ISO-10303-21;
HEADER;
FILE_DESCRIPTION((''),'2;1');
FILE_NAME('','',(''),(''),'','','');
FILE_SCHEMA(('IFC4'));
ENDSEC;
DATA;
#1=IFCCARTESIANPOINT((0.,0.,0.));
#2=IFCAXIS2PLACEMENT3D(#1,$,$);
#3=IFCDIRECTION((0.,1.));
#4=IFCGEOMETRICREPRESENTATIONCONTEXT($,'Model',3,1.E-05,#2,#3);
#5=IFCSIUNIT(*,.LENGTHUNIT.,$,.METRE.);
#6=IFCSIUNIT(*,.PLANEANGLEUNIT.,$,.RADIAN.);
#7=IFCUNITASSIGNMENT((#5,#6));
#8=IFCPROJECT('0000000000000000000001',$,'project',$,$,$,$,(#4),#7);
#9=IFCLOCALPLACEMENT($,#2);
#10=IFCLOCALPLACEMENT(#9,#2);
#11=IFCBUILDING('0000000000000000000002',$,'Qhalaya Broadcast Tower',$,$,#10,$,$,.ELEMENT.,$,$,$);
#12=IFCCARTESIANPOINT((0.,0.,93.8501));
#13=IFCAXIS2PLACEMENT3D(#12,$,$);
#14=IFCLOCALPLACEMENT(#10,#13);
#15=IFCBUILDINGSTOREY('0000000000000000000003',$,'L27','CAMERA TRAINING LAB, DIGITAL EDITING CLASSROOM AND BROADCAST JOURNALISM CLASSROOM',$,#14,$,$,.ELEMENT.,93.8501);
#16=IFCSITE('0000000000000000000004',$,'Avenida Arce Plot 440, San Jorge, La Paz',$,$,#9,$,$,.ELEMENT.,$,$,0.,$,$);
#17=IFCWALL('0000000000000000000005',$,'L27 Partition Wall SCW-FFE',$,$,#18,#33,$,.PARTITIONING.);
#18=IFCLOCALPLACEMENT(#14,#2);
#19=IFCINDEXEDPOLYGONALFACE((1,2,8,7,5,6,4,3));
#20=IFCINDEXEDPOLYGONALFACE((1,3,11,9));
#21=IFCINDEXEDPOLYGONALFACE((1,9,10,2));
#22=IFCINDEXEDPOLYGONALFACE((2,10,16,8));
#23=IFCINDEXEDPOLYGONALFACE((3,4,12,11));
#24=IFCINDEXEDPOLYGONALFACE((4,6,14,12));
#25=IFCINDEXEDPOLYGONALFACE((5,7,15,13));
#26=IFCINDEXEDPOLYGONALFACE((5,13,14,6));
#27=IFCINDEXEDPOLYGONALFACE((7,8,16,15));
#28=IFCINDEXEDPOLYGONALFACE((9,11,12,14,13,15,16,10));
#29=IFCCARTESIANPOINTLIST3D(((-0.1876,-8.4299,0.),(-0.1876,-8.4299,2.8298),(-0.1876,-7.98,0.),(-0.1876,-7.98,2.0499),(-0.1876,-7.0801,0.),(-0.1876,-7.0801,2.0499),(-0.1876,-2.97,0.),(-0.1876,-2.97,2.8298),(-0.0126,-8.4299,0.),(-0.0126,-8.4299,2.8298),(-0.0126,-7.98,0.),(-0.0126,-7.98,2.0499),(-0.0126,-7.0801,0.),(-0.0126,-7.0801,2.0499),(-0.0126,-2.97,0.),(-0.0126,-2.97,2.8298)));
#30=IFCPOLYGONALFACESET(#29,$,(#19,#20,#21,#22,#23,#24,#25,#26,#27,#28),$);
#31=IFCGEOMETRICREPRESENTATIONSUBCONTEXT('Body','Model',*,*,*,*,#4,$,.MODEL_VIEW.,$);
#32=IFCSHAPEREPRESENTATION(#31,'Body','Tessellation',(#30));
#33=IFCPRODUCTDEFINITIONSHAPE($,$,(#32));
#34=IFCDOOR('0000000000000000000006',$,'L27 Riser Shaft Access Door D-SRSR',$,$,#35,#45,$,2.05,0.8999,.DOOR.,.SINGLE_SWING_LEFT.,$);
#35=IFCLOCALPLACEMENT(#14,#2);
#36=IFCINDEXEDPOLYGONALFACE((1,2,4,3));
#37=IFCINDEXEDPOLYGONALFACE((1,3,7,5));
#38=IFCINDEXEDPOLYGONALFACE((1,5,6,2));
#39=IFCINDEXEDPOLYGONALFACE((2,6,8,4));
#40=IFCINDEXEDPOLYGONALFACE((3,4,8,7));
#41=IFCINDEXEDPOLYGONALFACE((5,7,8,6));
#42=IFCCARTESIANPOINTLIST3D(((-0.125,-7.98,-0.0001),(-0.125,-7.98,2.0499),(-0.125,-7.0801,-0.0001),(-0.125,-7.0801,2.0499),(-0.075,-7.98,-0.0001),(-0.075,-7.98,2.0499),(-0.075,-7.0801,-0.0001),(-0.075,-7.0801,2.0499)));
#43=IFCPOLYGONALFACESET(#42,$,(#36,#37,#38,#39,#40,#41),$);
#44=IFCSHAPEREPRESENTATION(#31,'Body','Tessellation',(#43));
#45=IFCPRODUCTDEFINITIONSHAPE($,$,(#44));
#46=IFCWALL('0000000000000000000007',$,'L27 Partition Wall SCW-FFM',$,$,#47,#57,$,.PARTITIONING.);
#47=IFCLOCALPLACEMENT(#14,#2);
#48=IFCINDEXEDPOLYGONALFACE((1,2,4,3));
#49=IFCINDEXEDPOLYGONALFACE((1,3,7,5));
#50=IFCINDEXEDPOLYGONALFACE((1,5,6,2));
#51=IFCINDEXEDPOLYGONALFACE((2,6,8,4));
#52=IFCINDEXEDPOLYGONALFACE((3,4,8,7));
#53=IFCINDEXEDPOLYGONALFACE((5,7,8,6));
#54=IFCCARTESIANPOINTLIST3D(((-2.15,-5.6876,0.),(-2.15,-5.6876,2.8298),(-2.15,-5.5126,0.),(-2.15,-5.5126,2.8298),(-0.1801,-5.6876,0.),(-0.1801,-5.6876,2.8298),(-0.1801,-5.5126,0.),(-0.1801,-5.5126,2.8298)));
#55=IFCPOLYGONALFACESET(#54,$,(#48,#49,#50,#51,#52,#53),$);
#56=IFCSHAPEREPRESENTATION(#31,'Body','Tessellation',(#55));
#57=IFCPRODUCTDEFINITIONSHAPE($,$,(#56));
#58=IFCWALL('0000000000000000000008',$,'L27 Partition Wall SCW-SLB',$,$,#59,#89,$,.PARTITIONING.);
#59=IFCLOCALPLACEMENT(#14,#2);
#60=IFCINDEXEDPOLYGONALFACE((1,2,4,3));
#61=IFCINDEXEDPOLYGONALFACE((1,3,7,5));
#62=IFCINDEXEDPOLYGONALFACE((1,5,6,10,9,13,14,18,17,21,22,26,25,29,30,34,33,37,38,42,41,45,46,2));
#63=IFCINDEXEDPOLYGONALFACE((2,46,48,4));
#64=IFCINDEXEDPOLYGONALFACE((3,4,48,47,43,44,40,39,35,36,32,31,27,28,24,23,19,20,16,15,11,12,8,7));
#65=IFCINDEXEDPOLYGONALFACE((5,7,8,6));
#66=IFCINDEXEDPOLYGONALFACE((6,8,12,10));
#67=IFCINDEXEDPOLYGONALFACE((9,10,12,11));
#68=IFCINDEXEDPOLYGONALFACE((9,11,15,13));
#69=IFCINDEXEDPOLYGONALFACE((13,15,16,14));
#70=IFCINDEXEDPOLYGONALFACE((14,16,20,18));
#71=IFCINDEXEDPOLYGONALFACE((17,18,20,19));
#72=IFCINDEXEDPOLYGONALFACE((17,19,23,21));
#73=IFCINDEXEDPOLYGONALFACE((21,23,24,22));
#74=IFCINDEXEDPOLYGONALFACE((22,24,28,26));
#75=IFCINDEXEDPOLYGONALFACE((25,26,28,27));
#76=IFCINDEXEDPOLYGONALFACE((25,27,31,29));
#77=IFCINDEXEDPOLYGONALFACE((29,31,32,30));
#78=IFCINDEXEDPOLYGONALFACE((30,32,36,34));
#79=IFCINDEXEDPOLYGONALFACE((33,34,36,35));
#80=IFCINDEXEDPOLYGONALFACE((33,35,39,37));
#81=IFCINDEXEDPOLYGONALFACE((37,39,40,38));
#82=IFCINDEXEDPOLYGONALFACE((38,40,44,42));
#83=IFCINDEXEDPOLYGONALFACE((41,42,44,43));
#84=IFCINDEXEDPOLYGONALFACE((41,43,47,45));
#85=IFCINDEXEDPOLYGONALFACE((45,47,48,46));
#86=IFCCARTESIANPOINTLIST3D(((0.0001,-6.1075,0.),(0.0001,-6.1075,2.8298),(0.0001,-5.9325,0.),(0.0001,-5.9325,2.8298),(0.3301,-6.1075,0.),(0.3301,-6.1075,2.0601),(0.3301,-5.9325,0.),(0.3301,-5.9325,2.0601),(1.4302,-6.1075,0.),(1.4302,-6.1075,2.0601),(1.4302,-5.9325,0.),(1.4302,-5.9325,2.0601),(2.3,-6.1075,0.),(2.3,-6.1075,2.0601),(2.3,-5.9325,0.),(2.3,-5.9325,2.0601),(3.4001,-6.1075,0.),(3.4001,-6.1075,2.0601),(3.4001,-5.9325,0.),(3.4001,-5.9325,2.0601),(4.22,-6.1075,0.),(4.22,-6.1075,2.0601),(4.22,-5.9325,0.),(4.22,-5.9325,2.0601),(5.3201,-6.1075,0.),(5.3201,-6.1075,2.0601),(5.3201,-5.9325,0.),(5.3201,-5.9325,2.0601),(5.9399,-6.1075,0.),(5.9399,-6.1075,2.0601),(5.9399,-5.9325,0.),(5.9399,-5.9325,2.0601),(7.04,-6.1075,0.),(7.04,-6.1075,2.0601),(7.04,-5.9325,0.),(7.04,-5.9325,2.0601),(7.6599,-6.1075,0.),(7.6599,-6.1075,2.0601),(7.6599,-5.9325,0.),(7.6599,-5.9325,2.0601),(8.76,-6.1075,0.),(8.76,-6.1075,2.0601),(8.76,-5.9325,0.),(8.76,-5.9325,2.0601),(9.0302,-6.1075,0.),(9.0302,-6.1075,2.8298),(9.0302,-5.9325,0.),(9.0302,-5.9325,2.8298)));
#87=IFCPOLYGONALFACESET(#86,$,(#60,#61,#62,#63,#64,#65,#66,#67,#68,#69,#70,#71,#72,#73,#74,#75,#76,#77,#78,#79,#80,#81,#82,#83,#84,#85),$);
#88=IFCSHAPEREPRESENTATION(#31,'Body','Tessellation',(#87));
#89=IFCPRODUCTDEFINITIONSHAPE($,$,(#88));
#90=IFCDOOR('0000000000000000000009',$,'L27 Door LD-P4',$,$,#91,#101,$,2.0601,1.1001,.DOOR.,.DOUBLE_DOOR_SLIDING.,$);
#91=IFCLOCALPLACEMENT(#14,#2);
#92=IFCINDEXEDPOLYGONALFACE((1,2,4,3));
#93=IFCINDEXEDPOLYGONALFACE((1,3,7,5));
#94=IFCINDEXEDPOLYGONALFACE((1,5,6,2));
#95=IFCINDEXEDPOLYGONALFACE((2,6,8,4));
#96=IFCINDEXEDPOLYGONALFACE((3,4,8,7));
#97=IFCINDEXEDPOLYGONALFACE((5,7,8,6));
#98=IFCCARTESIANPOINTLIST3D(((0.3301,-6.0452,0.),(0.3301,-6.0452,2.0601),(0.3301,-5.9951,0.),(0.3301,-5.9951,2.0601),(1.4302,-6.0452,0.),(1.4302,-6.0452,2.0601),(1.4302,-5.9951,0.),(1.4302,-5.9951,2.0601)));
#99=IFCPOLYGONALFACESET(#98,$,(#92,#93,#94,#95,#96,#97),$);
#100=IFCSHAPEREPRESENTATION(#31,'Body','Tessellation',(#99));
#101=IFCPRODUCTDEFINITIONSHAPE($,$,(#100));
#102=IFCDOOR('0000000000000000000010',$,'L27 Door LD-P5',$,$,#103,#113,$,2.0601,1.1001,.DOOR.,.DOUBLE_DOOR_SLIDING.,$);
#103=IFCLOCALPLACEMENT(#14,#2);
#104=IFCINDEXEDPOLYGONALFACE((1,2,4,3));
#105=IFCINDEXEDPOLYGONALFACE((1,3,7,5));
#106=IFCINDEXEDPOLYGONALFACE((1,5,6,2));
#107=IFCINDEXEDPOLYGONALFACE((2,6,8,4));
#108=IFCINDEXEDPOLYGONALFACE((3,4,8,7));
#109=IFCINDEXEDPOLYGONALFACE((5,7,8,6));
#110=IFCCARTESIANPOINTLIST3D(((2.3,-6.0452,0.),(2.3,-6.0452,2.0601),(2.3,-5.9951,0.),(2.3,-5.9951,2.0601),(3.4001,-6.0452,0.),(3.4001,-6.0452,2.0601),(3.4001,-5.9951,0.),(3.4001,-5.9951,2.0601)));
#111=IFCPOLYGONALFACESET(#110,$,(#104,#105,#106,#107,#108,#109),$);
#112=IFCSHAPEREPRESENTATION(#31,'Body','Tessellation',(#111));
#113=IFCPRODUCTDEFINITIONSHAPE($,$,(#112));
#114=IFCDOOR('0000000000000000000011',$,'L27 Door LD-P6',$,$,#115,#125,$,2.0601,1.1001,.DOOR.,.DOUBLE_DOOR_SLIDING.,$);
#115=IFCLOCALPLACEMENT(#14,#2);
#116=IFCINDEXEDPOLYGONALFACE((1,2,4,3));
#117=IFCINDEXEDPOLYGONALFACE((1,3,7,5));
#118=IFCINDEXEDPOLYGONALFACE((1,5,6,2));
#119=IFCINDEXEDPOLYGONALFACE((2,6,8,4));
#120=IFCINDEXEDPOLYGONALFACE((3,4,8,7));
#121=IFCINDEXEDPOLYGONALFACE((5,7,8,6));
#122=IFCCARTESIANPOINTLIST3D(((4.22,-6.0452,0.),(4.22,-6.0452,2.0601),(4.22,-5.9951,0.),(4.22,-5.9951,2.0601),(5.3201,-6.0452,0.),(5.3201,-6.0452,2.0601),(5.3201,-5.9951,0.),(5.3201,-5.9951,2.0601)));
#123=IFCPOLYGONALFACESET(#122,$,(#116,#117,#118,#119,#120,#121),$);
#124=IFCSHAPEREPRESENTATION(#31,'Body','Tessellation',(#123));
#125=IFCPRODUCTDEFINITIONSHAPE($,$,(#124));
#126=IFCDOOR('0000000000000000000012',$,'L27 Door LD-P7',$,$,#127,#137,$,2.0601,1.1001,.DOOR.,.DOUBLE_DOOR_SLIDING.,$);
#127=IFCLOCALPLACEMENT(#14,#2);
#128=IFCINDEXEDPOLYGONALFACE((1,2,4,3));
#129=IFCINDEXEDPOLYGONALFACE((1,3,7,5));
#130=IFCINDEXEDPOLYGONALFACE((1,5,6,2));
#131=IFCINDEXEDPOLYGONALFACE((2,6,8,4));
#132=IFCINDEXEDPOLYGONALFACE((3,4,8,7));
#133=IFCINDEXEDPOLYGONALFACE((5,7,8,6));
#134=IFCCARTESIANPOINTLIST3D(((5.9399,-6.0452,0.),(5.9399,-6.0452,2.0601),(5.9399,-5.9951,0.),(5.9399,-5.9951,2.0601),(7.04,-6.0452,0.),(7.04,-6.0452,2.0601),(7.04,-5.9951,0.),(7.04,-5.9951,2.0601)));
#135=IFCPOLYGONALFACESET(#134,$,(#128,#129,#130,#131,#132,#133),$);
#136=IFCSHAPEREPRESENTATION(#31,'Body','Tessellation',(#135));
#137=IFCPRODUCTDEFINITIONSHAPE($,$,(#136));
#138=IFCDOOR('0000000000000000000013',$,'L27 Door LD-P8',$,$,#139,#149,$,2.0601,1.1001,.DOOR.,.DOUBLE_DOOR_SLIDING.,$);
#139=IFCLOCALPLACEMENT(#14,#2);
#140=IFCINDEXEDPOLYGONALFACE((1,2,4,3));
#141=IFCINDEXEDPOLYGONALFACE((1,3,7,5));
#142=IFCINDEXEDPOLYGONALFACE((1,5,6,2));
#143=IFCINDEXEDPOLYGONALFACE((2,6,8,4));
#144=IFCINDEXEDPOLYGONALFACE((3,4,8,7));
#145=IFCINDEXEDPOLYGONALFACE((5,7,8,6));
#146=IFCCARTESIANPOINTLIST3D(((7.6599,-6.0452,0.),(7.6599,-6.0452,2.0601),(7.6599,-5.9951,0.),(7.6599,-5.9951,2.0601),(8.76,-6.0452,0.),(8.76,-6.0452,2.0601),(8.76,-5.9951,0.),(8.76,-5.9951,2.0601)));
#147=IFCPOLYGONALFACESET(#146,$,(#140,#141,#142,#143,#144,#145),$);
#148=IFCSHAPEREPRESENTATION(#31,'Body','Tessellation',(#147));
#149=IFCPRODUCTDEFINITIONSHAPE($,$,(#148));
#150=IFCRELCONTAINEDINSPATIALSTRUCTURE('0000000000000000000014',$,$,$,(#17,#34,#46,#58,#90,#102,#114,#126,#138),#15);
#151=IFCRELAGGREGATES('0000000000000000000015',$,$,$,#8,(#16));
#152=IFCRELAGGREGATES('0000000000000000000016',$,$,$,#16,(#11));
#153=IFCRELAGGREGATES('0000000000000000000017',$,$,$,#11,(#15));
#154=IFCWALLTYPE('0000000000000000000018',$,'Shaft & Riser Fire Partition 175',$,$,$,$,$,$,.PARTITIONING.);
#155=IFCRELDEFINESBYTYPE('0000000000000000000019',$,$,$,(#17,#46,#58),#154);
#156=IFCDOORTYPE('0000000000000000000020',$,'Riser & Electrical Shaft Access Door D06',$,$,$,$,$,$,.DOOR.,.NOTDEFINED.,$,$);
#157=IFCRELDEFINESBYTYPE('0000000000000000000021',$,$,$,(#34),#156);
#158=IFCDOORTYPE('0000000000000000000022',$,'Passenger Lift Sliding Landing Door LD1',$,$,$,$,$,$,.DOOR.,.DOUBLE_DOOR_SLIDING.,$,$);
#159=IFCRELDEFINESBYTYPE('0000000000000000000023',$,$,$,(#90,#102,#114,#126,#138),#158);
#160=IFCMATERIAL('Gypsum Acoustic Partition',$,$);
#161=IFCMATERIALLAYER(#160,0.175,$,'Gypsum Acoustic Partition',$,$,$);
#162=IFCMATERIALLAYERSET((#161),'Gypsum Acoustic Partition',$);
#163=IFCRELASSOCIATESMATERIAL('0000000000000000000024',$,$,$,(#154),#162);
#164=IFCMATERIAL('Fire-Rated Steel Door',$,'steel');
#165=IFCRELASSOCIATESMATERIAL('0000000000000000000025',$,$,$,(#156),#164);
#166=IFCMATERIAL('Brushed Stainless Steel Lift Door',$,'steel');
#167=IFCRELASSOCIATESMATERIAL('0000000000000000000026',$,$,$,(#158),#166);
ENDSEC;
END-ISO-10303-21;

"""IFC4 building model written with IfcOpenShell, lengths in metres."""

from ifc_helpers import new_model, si_unit, direction, frame, frame_2d, origin, place, context, subcontext, project, spatial, rectangle, extrude, material, layer, layer_set, type_object, element, fill, save


model = new_model("IFC4")

# Units and contexts
model_context = context("Model", 3, precision=1e-05, world=origin(), true_north=direction((0.0, 1.0)))
body_context = subcontext(model_context, "Body", "Model", "MODEL_VIEW")
ifc_project = project(units=[si_unit("LENGTHUNIT", "METRE"), si_unit("PLANEANGLEUNIT", "RADIAN")], contexts=[model_context])

# Site, building, storey
site_placement = place(None, origin())
site = spatial("IfcSite", under=ifc_project, at=site_placement, Name="Avenida Arce Plot 440, San Jorge, La Paz", CompositionType="ELEMENT", RefElevation=0.0)
building_placement = place(site_placement, origin())
building = spatial("IfcBuilding", under=site, at=building_placement, Name="Qhalaya Broadcast Tower", CompositionType="ELEMENT")
storey_placement = place(building_placement, frame((0.0, 0.0, 93.8501)))
storey = spatial("IfcBuildingStorey", under=building, at=storey_placement, Name="L27", Description="CAMERA TRAINING LAB, DIGITAL EDITING CLASSROOM AND BROADCAST JOURNALISM CLASSROOM", CompositionType="ELEMENT", Elevation=93.8501)

# Wall, opening, door
ifc_material_1 = material(Name="Fire-Rated Steel Door", Category="steel")
ifc_material_2 = material(Name="Brushed Stainless Steel Lift Door", Category="steel")
ifc_material_3 = material(Name="Gypsum Acoustic Partition")
ifc_layer_1 = layer(ifc_material_3, 0.175, Name="Gypsum Acoustic Partition")
ifc_layer_set_1 = layer_set([ifc_layer_1], Name="Gypsum Acoustic Partition")
wall_type_1 = type_object("IfcWallType", Name="Shaft & Riser Fire Partition 175", PredefinedType="PARTITIONING", material=ifc_layer_set_1)
wall_1_placement = place(storey_placement, frame((-0.1001, -8.4299, 0.0), z_axis=(0.0, 0.0, 1.0), x_axis=(0.0, 1.0, 0.0)))
wall_1 = element("IfcWall", 1, at=wall_1_placement, inside=storey, type_object=wall_type_1, Name="L27 Partition Wall SCW-FFE", PredefinedType="PARTITIONING", context=body_context, shape_type="SweptSolid", body=[
    extrude(rectangle(XDim=5.46, YDim=0.175, at=frame_2d((2.73, 0.0))), origin(), (0.0, 0.0, 1.0), 2.8298),
])
opening_1_placement = place(wall_1_placement, frame((0.45, 0.0, 0.0)))
opening_1 = element("IfcOpeningElement", 2, at=opening_1_placement, cuts=wall_1, PredefinedType="OPENING", context=body_context, shape_type="SweptSolid", body=[
    extrude(rectangle(XDim=0.8999, YDim=2.05, at=frame_2d((0.45, 1.0249))), frame((0.0, 0.0996, 0.0), z_axis=(0.0, -1.0, 0.0), x_axis=(1.0, 0.0, 0.0)), (0.0, 0.0, 1.0), 0.199),
])
door_type_1 = type_object("IfcDoorType", Name="Riser & Electrical Shaft Access Door D06", OperationType="NOTDEFINED", PredefinedType="DOOR", material=ifc_material_1)
door_1_placement = place(opening_1_placement, origin())
door_1 = element("IfcDoor", 3, at=door_1_placement, inside=storey, type_object=door_type_1, Name="L27 Riser Shaft Access Door D-SRSR", OperationType="SINGLE_SWING_LEFT", OverallHeight=2.05, OverallWidth=0.8999, PredefinedType="DOOR", context=body_context, shape_type="SweptSolid", body=[
    extrude(rectangle(XDim=0.8999, YDim=2.05, at=frame_2d((0.45, 1.0249))), frame((0.0, 0.0249, 0.0), z_axis=(0.0, -1.0, 0.0), x_axis=(1.0, 0.0, 0.0)), (0.0, 0.0, 1.0), 0.05),
])
fill(opening_1, door_1)

# Wall
wall_2_placement = place(storey_placement, frame((-2.1499, -5.6001, 0.0), z_axis=(0.0, 0.0, 1.0), x_axis=(1.0, 0.0, 0.0)))
element("IfcWall", 4, at=wall_2_placement, inside=storey, type_object=wall_type_1, Name="L27 Partition Wall SCW-FFM", PredefinedType="PARTITIONING", context=body_context, shape_type="SweptSolid", body=[
    extrude(rectangle(XDim=1.97, YDim=0.175, at=frame_2d((0.9849, 0.0))), origin(), (0.0, 0.0, 1.0), 2.8298),
])

# Wall, openings, doors
wall_3_placement = place(storey_placement, frame((0.0, -6.02, 0.0), z_axis=(0.0, 0.0, 1.0), x_axis=(1.0, 0.0, 0.0)))
wall_3 = element("IfcWall", 5, at=wall_3_placement, inside=storey, type_object=wall_type_1, Name="L27 Partition Wall SCW-SLB", PredefinedType="PARTITIONING", context=body_context, shape_type="SweptSolid", body=[
    extrude(rectangle(XDim=9.03, YDim=0.175, at=frame_2d((4.5151, 0.0))), origin(), (0.0, 0.0, 1.0), 2.8298),
])
opening_2_placement = place(wall_3_placement, frame((0.3301, 0.0, 0.0)))
opening_2 = element("IfcOpeningElement", 6, at=opening_2_placement, cuts=wall_3, PredefinedType="OPENING", context=body_context, shape_type="SweptSolid", body=[
    extrude(rectangle(XDim=1.1001, YDim=2.0601, at=frame_2d((0.55, 1.03))), frame((0.0, 0.0996, 0.0), z_axis=(0.0, -1.0, 0.0), x_axis=(1.0, 0.0, 0.0)), (0.0, 0.0, 1.0), 0.199),
])
opening_3_placement = place(wall_3_placement, frame((2.3, 0.0, 0.0)))
opening_3 = element("IfcOpeningElement", 7, at=opening_3_placement, cuts=wall_3, PredefinedType="OPENING", context=body_context, shape_type="SweptSolid", body=[
    extrude(rectangle(XDim=1.1001, YDim=2.0601, at=frame_2d((0.55, 1.03))), frame((0.0, 0.0996, 0.0), z_axis=(0.0, -1.0, 0.0), x_axis=(1.0, 0.0, 0.0)), (0.0, 0.0, 1.0), 0.199),
])
opening_4_placement = place(wall_3_placement, frame((4.22, 0.0, 0.0)))
opening_4 = element("IfcOpeningElement", 8, at=opening_4_placement, cuts=wall_3, PredefinedType="OPENING", context=body_context, shape_type="SweptSolid", body=[
    extrude(rectangle(XDim=1.1001, YDim=2.0601, at=frame_2d((0.55, 1.03))), frame((0.0, 0.0996, 0.0), z_axis=(0.0, -1.0, 0.0), x_axis=(1.0, 0.0, 0.0)), (0.0, 0.0, 1.0), 0.199),
])
opening_5_placement = place(wall_3_placement, frame((5.9399, 0.0, 0.0)))
opening_5 = element("IfcOpeningElement", 9, at=opening_5_placement, cuts=wall_3, PredefinedType="OPENING", context=body_context, shape_type="SweptSolid", body=[
    extrude(rectangle(XDim=1.1001, YDim=2.0601, at=frame_2d((0.55, 1.03))), frame((0.0, 0.0996, 0.0), z_axis=(0.0, -1.0, 0.0), x_axis=(1.0, 0.0, 0.0)), (0.0, 0.0, 1.0), 0.199),
])
opening_6_placement = place(wall_3_placement, frame((7.6599, 0.0, 0.0)))
opening_6 = element("IfcOpeningElement", 10, at=opening_6_placement, cuts=wall_3, PredefinedType="OPENING", context=body_context, shape_type="SweptSolid", body=[
    extrude(rectangle(XDim=1.1001, YDim=2.0601, at=frame_2d((0.55, 1.03))), frame((0.0, 0.0996, 0.0), z_axis=(0.0, -1.0, 0.0), x_axis=(1.0, 0.0, 0.0)), (0.0, 0.0, 1.0), 0.199),
])
door_type_2 = type_object("IfcDoorType", Name="Passenger Lift Sliding Landing Door LD1", OperationType="DOUBLE_DOOR_SLIDING", PredefinedType="DOOR", material=ifc_material_2)
door_2_placement = place(opening_2_placement, origin())
door_2 = element("IfcDoor", 11, at=door_2_placement, inside=storey, type_object=door_type_2, Name="L27 Door LD-P4", OperationType="DOUBLE_DOOR_SLIDING", OverallHeight=2.0601, OverallWidth=1.1001, PredefinedType="DOOR", context=body_context, shape_type="SweptSolid", body=[
    extrude(rectangle(XDim=1.1001, YDim=2.0601, at=frame_2d((0.55, 1.03))), frame((0.0, 0.0249, 0.0), z_axis=(0.0, -1.0, 0.0), x_axis=(1.0, 0.0, 0.0)), (0.0, 0.0, 1.0), 0.05),
])
fill(opening_2, door_2)
door_3_placement = place(opening_3_placement, origin())
door_3 = element("IfcDoor", 12, at=door_3_placement, inside=storey, type_object=door_type_2, Name="L27 Door LD-P5", OperationType="DOUBLE_DOOR_SLIDING", OverallHeight=2.0601, OverallWidth=1.1001, PredefinedType="DOOR", context=body_context, shape_type="SweptSolid", body=[
    extrude(rectangle(XDim=1.1001, YDim=2.0601, at=frame_2d((0.55, 1.03))), frame((0.0, 0.0249, 0.0), z_axis=(0.0, -1.0, 0.0), x_axis=(1.0, 0.0, 0.0)), (0.0, 0.0, 1.0), 0.05),
])
fill(opening_3, door_3)
door_4_placement = place(opening_4_placement, origin())
door_4 = element("IfcDoor", 13, at=door_4_placement, inside=storey, type_object=door_type_2, Name="L27 Door LD-P6", OperationType="DOUBLE_DOOR_SLIDING", OverallHeight=2.0601, OverallWidth=1.1001, PredefinedType="DOOR", context=body_context, shape_type="SweptSolid", body=[
    extrude(rectangle(XDim=1.1001, YDim=2.0601, at=frame_2d((0.55, 1.03))), frame((0.0, 0.0249, 0.0), z_axis=(0.0, -1.0, 0.0), x_axis=(1.0, 0.0, 0.0)), (0.0, 0.0, 1.0), 0.05),
])
fill(opening_4, door_4)
door_5_placement = place(opening_5_placement, origin())
door_5 = element("IfcDoor", 14, at=door_5_placement, inside=storey, type_object=door_type_2, Name="L27 Door LD-P7", OperationType="DOUBLE_DOOR_SLIDING", OverallHeight=2.0601, OverallWidth=1.1001, PredefinedType="DOOR", context=body_context, shape_type="SweptSolid", body=[
    extrude(rectangle(XDim=1.1001, YDim=2.0601, at=frame_2d((0.55, 1.03))), frame((0.0, 0.0249, 0.0), z_axis=(0.0, -1.0, 0.0), x_axis=(1.0, 0.0, 0.0)), (0.0, 0.0, 1.0), 0.05),
])
fill(opening_5, door_5)
door_6_placement = place(opening_6_placement, origin())
door_6 = element("IfcDoor", 15, at=door_6_placement, inside=storey, type_object=door_type_2, Name="L27 Door LD-P8", OperationType="DOUBLE_DOOR_SLIDING", OverallHeight=2.0601, OverallWidth=1.1001, PredefinedType="DOOR", context=body_context, shape_type="SweptSolid", body=[
    extrude(rectangle(XDim=1.1001, YDim=2.0601, at=frame_2d((0.55, 1.03))), frame((0.0, 0.0249, 0.0), z_axis=(0.0, -1.0, 0.0), x_axis=(1.0, 0.0, 0.0)), (0.0, 0.0, 1.0), 0.05),
])
fill(opening_6, door_6)

save(model, "model.ifc")
